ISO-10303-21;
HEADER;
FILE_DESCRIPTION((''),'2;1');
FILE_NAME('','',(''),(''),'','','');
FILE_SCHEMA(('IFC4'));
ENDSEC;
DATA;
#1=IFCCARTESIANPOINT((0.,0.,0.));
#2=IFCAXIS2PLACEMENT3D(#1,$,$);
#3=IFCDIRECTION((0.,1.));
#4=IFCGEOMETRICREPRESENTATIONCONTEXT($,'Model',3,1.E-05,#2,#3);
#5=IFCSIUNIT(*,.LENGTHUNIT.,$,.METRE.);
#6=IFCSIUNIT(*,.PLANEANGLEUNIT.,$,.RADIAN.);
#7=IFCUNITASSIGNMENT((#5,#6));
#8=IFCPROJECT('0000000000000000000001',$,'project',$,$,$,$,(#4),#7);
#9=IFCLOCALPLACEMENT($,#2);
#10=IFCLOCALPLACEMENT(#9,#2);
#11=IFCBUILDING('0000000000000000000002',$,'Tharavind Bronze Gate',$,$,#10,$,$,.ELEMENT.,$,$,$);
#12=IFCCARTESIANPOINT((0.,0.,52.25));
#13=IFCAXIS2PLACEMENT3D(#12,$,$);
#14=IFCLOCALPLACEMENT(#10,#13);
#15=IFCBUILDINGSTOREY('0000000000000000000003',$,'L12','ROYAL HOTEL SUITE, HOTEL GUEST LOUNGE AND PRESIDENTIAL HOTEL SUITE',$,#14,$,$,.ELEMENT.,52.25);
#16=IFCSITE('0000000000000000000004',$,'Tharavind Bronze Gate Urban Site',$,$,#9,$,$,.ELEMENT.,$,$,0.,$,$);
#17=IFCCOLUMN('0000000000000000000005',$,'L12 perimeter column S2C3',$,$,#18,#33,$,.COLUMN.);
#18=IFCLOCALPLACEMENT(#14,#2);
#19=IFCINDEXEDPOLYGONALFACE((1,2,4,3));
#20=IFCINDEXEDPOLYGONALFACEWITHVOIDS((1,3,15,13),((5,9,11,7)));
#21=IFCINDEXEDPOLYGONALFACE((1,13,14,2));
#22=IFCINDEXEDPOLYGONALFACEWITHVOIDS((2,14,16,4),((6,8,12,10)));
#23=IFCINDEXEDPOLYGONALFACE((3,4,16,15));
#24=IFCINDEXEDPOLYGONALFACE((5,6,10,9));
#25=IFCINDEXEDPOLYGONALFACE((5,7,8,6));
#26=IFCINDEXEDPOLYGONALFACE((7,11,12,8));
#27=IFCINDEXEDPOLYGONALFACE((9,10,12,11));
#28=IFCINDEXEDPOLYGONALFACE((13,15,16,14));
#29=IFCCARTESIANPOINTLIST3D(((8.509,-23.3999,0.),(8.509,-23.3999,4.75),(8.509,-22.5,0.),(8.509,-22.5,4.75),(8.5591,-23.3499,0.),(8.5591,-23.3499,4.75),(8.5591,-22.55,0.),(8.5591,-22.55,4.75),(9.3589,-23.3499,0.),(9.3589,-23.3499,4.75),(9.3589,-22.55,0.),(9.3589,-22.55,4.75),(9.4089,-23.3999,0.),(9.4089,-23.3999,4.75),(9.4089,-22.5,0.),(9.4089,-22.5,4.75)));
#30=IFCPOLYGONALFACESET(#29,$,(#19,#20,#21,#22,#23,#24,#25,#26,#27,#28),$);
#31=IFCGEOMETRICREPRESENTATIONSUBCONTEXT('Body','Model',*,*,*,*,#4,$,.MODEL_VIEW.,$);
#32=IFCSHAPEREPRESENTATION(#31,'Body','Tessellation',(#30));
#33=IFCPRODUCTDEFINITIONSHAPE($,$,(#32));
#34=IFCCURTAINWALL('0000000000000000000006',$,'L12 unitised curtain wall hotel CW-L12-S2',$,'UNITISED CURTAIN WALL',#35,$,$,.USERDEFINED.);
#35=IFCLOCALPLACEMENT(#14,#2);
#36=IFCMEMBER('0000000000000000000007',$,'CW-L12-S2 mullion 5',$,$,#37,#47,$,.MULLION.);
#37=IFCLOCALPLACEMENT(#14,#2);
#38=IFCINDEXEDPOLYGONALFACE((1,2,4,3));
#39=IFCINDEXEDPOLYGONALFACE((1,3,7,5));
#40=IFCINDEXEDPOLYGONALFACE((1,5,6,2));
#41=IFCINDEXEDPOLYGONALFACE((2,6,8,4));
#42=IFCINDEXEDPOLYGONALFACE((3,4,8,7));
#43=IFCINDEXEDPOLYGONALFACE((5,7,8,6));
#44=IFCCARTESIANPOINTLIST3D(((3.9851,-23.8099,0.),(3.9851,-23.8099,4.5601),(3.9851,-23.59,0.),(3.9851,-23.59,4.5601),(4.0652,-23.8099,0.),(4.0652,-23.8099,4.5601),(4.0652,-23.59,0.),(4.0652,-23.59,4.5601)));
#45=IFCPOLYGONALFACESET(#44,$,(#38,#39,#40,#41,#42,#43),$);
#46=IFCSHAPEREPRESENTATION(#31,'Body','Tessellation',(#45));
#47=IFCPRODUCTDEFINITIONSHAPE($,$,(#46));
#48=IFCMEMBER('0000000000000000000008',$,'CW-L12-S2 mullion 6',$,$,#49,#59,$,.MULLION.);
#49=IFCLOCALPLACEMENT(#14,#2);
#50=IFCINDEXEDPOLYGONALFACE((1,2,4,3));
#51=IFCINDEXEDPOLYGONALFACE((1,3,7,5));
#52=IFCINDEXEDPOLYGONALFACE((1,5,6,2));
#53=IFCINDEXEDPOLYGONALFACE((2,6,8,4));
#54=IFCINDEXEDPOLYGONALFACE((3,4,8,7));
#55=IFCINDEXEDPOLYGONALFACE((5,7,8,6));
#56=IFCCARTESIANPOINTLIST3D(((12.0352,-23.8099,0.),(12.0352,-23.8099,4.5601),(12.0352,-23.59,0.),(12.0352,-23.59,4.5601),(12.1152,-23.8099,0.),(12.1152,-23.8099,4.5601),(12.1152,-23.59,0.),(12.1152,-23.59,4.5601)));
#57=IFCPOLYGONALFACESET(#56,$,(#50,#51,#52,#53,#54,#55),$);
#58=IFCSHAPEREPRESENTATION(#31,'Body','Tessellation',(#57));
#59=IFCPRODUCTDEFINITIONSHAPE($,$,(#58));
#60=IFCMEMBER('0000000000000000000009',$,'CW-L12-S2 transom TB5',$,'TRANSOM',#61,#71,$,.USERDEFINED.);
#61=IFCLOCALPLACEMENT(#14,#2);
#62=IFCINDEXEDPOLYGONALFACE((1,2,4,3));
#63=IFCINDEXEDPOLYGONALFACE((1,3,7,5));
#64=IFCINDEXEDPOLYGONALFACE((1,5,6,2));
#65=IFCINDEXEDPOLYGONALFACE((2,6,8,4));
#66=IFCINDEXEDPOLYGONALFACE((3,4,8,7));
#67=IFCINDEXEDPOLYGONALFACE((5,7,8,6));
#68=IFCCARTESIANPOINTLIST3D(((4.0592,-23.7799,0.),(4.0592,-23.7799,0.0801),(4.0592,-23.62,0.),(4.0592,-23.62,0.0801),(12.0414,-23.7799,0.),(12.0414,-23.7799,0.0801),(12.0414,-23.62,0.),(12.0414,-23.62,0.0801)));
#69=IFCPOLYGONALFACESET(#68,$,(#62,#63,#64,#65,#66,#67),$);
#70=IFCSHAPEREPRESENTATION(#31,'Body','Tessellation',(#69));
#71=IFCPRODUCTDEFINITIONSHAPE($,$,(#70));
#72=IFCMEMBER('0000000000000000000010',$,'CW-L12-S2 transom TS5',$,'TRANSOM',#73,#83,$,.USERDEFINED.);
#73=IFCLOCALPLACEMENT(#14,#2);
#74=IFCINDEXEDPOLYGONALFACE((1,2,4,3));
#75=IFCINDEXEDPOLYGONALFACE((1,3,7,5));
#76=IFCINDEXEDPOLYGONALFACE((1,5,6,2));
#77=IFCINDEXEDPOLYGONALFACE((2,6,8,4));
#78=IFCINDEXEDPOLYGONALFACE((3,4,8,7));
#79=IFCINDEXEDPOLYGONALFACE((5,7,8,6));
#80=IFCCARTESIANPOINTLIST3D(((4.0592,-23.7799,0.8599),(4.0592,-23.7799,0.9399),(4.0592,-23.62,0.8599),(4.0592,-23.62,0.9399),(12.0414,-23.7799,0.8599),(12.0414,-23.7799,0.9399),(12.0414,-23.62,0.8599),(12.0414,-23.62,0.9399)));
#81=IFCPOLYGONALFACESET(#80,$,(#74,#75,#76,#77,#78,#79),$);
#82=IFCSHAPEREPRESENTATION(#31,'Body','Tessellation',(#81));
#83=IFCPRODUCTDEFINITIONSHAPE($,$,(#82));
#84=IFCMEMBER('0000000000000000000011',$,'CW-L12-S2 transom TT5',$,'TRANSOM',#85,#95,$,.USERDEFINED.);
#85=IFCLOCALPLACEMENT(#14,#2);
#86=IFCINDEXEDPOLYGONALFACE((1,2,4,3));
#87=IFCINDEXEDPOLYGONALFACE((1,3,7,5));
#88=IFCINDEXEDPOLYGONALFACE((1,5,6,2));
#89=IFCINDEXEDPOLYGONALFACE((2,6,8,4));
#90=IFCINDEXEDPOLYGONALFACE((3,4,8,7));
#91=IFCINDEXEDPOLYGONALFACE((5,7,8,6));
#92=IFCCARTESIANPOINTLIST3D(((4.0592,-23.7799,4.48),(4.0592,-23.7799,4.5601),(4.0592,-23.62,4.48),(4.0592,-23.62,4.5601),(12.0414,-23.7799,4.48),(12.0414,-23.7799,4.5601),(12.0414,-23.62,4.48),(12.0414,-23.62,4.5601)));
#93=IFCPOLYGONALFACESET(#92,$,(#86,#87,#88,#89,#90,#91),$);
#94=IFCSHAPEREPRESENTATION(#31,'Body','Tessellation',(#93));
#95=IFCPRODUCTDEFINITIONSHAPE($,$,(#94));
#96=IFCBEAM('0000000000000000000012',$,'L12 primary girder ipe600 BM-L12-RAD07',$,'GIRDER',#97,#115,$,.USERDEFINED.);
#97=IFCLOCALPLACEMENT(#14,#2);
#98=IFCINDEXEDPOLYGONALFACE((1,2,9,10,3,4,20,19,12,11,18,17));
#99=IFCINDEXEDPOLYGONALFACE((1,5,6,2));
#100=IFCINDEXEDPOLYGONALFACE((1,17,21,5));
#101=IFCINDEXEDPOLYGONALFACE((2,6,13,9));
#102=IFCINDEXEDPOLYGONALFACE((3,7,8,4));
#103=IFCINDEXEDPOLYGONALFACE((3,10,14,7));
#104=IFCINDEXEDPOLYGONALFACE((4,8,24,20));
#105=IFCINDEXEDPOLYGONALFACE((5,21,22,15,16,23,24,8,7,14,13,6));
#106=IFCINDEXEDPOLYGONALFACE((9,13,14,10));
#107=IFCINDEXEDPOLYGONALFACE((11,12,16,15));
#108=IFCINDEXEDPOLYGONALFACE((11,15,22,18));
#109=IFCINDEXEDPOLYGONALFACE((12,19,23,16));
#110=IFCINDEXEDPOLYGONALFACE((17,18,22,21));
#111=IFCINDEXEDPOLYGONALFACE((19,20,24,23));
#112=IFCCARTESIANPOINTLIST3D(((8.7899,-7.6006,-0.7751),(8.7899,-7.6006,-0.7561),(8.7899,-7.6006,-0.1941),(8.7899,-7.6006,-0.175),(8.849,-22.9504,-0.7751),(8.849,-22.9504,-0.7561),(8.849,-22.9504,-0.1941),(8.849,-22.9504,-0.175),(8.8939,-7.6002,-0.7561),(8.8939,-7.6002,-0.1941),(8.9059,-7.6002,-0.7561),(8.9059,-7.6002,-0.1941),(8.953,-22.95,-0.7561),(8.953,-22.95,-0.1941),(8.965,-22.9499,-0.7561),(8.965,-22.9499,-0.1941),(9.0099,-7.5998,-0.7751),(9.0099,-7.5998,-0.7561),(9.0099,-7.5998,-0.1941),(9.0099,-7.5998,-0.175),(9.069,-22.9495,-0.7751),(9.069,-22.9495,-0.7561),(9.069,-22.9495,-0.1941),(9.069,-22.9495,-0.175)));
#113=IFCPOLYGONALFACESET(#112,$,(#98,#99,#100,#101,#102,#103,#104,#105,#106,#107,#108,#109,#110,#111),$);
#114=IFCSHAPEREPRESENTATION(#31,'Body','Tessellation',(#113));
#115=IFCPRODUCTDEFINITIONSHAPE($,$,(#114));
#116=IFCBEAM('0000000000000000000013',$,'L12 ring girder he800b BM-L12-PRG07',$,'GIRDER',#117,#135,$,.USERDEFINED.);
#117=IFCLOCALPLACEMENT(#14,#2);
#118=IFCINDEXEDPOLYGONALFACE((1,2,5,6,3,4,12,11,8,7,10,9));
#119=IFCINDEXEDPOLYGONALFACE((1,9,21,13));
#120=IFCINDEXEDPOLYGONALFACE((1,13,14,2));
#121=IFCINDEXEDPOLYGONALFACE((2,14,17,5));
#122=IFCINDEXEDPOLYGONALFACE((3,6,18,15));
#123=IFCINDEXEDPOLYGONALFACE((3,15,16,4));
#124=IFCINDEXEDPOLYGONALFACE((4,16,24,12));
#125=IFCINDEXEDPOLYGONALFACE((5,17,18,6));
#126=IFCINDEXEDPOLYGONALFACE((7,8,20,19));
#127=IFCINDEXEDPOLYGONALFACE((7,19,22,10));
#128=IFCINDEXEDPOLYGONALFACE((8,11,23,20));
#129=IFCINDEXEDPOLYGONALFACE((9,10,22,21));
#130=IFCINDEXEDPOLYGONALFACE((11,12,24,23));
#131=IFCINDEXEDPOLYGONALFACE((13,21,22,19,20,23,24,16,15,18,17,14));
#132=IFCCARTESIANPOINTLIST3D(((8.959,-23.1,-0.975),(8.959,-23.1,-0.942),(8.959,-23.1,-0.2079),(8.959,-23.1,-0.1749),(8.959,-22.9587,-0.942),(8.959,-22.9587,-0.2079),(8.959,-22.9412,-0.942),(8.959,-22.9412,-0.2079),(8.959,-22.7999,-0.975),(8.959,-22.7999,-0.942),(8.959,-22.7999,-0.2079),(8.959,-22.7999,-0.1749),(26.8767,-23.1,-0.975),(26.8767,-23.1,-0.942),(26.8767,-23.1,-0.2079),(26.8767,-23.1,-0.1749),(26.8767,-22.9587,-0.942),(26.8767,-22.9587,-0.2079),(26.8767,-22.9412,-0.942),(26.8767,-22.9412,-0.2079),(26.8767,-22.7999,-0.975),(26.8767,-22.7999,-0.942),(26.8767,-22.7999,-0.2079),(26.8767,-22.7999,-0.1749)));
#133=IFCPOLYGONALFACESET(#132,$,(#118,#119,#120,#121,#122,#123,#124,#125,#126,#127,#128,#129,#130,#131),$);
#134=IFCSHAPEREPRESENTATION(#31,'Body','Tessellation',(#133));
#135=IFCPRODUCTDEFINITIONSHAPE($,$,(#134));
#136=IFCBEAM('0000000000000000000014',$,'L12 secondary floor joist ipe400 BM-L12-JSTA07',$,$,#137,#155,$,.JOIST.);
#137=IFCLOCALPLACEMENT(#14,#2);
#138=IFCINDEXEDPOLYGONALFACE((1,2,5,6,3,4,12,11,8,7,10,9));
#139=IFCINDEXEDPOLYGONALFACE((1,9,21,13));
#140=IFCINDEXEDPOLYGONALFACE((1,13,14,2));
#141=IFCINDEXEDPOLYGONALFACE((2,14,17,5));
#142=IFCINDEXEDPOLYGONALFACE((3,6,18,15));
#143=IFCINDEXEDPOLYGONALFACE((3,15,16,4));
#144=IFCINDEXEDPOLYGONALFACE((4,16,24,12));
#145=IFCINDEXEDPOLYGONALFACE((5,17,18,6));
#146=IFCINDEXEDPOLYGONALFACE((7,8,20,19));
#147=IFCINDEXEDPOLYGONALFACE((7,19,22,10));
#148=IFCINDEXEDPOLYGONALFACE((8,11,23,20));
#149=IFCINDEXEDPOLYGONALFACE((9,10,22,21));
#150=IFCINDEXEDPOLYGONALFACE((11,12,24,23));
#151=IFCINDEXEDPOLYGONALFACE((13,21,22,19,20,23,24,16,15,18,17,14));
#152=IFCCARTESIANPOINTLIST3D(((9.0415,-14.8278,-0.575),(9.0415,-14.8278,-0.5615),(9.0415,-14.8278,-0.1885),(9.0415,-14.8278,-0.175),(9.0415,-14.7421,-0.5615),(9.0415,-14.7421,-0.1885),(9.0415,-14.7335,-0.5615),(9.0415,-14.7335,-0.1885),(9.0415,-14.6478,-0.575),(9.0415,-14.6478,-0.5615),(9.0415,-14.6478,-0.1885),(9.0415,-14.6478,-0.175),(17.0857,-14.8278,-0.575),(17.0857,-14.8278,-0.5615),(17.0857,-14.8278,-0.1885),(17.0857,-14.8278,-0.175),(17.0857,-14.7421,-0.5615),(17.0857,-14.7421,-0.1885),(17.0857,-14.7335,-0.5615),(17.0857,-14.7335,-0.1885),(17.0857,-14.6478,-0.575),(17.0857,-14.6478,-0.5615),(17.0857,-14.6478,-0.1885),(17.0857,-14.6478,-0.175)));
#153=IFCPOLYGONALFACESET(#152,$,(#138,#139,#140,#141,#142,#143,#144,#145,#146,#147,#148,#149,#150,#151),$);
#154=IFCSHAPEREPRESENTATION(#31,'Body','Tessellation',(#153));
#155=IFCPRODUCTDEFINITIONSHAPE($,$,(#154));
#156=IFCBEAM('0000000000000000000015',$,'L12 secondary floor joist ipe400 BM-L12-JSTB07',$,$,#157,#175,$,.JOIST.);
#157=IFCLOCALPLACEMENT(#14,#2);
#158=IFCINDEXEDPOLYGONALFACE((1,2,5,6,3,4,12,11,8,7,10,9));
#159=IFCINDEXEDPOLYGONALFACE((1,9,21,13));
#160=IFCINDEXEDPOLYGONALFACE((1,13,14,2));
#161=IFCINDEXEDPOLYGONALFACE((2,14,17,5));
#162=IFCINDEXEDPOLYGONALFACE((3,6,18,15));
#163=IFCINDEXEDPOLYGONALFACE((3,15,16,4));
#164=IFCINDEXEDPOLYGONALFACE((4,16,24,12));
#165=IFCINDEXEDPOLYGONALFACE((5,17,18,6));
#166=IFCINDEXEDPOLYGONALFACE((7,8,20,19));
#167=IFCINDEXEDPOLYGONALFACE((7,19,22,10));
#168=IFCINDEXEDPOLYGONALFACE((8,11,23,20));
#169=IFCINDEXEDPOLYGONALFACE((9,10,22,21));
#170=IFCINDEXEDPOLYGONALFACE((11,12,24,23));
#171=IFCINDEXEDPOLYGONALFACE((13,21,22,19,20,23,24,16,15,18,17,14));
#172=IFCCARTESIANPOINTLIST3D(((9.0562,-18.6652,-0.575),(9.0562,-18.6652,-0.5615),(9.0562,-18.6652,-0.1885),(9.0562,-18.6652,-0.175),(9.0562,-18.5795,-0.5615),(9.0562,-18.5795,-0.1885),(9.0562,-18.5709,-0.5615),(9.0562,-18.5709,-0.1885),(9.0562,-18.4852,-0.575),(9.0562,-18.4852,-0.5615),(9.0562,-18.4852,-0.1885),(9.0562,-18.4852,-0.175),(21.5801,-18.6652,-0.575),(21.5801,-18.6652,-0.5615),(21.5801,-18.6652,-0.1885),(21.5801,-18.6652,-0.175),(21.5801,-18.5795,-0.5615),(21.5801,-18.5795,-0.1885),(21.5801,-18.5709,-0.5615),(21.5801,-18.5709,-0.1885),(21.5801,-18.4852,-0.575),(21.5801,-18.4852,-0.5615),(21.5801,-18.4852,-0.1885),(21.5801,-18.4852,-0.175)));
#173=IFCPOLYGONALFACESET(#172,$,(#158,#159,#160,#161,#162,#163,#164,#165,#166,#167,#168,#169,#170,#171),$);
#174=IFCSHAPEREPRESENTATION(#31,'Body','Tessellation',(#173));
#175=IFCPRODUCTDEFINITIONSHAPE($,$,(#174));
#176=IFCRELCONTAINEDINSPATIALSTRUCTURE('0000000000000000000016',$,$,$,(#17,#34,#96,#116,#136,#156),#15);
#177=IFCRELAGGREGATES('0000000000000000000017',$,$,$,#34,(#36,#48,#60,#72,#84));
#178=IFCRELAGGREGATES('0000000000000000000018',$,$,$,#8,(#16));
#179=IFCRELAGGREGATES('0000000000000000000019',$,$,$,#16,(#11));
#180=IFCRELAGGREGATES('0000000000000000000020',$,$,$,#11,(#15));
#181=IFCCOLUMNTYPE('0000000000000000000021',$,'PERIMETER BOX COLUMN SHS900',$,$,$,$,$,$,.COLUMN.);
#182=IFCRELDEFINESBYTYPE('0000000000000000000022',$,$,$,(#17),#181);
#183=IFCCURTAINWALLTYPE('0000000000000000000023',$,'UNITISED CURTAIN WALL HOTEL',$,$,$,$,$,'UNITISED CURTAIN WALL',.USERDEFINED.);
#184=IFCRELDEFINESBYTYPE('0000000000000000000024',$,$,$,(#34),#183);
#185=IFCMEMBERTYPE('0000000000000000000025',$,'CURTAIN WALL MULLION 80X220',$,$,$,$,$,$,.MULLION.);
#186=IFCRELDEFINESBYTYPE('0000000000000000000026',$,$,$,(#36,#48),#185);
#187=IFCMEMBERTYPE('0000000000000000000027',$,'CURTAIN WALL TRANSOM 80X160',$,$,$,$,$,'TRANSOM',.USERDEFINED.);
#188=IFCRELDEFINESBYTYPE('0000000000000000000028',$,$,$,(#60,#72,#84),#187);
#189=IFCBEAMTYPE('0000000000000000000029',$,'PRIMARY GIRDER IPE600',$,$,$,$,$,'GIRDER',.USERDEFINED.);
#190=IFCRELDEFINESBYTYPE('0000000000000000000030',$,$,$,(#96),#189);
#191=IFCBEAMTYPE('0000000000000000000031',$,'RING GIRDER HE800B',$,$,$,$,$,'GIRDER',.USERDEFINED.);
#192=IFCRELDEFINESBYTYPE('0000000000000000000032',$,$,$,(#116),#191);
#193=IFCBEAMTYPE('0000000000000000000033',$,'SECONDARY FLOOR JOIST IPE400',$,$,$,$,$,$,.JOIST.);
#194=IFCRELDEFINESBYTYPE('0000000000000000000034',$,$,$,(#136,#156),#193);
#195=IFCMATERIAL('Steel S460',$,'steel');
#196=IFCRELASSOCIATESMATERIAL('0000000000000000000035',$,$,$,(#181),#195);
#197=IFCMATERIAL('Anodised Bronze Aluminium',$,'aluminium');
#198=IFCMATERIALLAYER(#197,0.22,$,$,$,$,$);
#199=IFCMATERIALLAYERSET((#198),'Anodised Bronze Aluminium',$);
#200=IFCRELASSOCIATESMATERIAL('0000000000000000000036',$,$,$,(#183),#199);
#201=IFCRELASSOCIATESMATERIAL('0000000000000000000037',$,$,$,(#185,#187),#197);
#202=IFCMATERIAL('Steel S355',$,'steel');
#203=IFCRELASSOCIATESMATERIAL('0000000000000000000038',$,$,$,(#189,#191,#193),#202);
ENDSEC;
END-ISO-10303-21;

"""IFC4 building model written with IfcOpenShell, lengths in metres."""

from ifc_helpers import new_model, si_unit, direction, frame, origin, origin_2d, place, context, subcontext, project, spatial, rectangle, hollow_rectangle, i_section, extrude, material, layer, layer_set, material_profile, profile_set, type_object, element, aggregate, save


model = new_model("IFC4")

# Units and contexts
model_context = context("Model", 3, precision=1e-05, world=origin(), true_north=direction((0.0, 1.0)))
body_context = subcontext(model_context, "Body", "Model", "MODEL_VIEW")
ifc_project = project(units=[si_unit("LENGTHUNIT", "METRE"), si_unit("PLANEANGLEUNIT", "RADIAN")], contexts=[model_context])

# Site, building, storey
site_placement = place(None, origin())
site = spatial("IfcSite", under=ifc_project, at=site_placement, Name="Tharavind Bronze Gate Urban Site", CompositionType="ELEMENT", RefElevation=0.0)
building_placement = place(site_placement, origin())
building = spatial("IfcBuilding", under=site, at=building_placement, Name="Tharavind Bronze Gate", CompositionType="ELEMENT")
storey_placement = place(building_placement, frame((0.0, 0.0, 52.25)))
storey = spatial("IfcBuildingStorey", under=building, at=storey_placement, Name="L12", Description="ROYAL HOTEL SUITE, HOTEL GUEST LOUNGE AND PRESIDENTIAL HOTEL SUITE", CompositionType="ELEMENT", Elevation=52.25)

# Column
ifc_material_1 = material(Name="Steel S460", Category="steel")
ifc_material_profile_1 = material_profile(ifc_material_1, hollow_rectangle(XDim=0.8999, YDim=0.8999, WallThickness=0.05, at=origin_2d()), Name="SHS900X50")
ifc_profile_set_1 = profile_set([ifc_material_profile_1], Name="Steel S460")
column_type = type_object("IfcColumnType", Name="PERIMETER BOX COLUMN SHS900", PredefinedType="COLUMN", material=ifc_profile_set_1)
column_placement = place(storey_placement, frame((8.959, -22.95, 0.0), z_axis=(0.0, 0.0, 1.0), x_axis=(1.0, 0.0, 0.0)))
element("IfcColumn", 1, at=column_placement, inside=storey, type_object=column_type, Name="L12 perimeter column S2C3", PredefinedType="COLUMN", context=body_context, shape_type="SweptSolid", body=[
    extrude(hollow_rectangle(XDim=0.8999, YDim=0.8999, WallThickness=0.05, at=origin_2d()), origin(), (0.0, 0.0, 1.0), 4.75),
])

# Curtain wall, members
ifc_material_2 = material(Name="Anodised Bronze Aluminium", Category="aluminium")
ifc_layer_1 = layer(ifc_material_2, 0.22)
ifc_layer_set_1 = layer_set([ifc_layer_1], Name="Anodised Bronze Aluminium")
curtain_wall_type = type_object("IfcCurtainWallType", Name="UNITISED CURTAIN WALL HOTEL", ElementType="UNITISED CURTAIN WALL", PredefinedType="USERDEFINED", material=ifc_layer_set_1)
curtain_wall_placement = place(storey_placement, origin())
curtain_wall = element("IfcCurtainWall", 2, at=curtain_wall_placement, inside=storey, type_object=curtain_wall_type, Name="L12 unitised curtain wall hotel CW-L12-S2", ObjectType="UNITISED CURTAIN WALL", PredefinedType="USERDEFINED")
member_type_1 = type_object("IfcMemberType", Name="CURTAIN WALL MULLION 80X220", PredefinedType="MULLION", material=ifc_material_2)
member_1_placement = place(storey_placement, frame((4.0251, -23.7, 0.0), z_axis=(0.0, 0.0, 1.0), x_axis=(1.0, 0.0, 0.0)))
member_1 = element("IfcMember", 3, at=member_1_placement, type_object=member_type_1, Name="CW-L12-S2 mullion 5", PredefinedType="MULLION", context=body_context, shape_type="SweptSolid", body=[
    extrude(rectangle(XDim=0.0801, YDim=0.22, at=origin_2d()), origin(), (0.0, 0.0, 1.0), 4.5601),
])
member_2_placement = place(storey_placement, frame((12.0752, -23.7, 0.0), z_axis=(0.0, 0.0, 1.0), x_axis=(1.0, 0.0, 0.0)))
member_2 = element("IfcMember", 4, at=member_2_placement, type_object=member_type_1, Name="CW-L12-S2 mullion 6", PredefinedType="MULLION", context=body_context, shape_type="SweptSolid", body=[
    extrude(rectangle(XDim=0.0801, YDim=0.22, at=origin_2d()), origin(), (0.0, 0.0, 1.0), 4.5601),
])
member_type_2 = type_object("IfcMemberType", Name="CURTAIN WALL TRANSOM 80X160", ElementType="TRANSOM", PredefinedType="USERDEFINED", material=ifc_material_2)
member_3_placement = place(storey_placement, frame((8.0503, -23.7, 0.0), z_axis=(0.0, 0.0, 1.0), x_axis=(1.0, 0.0, 0.0)))
member_3 = element("IfcMember", 5, at=member_3_placement, type_object=member_type_2, Name="CW-L12-S2 transom TB5", ObjectType="TRANSOM", PredefinedType="USERDEFINED", context=body_context, shape_type="SweptSolid", body=[
    extrude(rectangle(XDim=7.9822, YDim=0.1599, at=origin_2d()), origin(), (0.0, 0.0, 1.0), 0.0801),
])
member_4_placement = place(storey_placement, frame((8.0503, -23.7, 0.8599), z_axis=(0.0, 0.0, 1.0), x_axis=(1.0, 0.0, 0.0)))
member_4 = element("IfcMember", 6, at=member_4_placement, type_object=member_type_2, Name="CW-L12-S2 transom TS5", ObjectType="TRANSOM", PredefinedType="USERDEFINED", context=body_context, shape_type="SweptSolid", body=[
    extrude(rectangle(XDim=7.9822, YDim=0.1599, at=origin_2d()), origin(), (0.0, 0.0, 1.0), 0.0801),
])
member_5_placement = place(storey_placement, frame((8.0503, -23.7, 4.48), z_axis=(0.0, 0.0, 1.0), x_axis=(1.0, 0.0, 0.0)))
member_5 = element("IfcMember", 7, at=member_5_placement, type_object=member_type_2, Name="CW-L12-S2 transom TT5", ObjectType="TRANSOM", PredefinedType="USERDEFINED", context=body_context, shape_type="SweptSolid", body=[
    extrude(rectangle(XDim=7.9822, YDim=0.1599, at=origin_2d()), origin(), (0.0, 0.0, 1.0), 0.0801),
])

# Beams
ifc_material_3 = material(Name="Steel S355", Category="steel")
ifc_material_profile_2 = material_profile(ifc_material_3, i_section(OverallWidth=0.22, OverallDepth=0.6001, WebThickness=0.012, FlangeThickness=0.019, at=origin_2d()), Name="IPE600")
ifc_profile_set_2 = profile_set([ifc_material_profile_2], Name="Steel S355")
beam_type_1 = type_object("IfcBeamType", Name="PRIMARY GIRDER IPE600", ElementType="GIRDER", PredefinedType="USERDEFINED", material=ifc_profile_set_2)
beam_1_placement = place(storey_placement, frame((8.959, -22.95, -0.4751), z_axis=(-0.003849, 0.999993, 0.0), x_axis=(-0.999993, -0.003849, 0.0)))
element("IfcBeam", 8, at=beam_1_placement, inside=storey, type_object=beam_type_1, Name="L12 primary girder ipe600 BM-L12-RAD07", ObjectType="GIRDER", PredefinedType="USERDEFINED", context=body_context, shape_type="SweptSolid", body=[
    extrude(i_section(OverallWidth=0.22, OverallDepth=0.6001, WebThickness=0.012, FlangeThickness=0.019, at=origin_2d()), origin(), (0.0, 0.0, 1.0), 15.3499),
])
ifc_material_profile_3 = material_profile(ifc_material_3, i_section(OverallWidth=0.3, OverallDepth=0.8, WebThickness=0.0176, FlangeThickness=0.033, at=origin_2d()), Name="HE800B")
ifc_profile_set_3 = profile_set([ifc_material_profile_3], Name="Steel S355")
beam_type_2 = type_object("IfcBeamType", Name="RING GIRDER HE800B", ElementType="GIRDER", PredefinedType="USERDEFINED", material=ifc_profile_set_3)
beam_2_placement = place(storey_placement, frame((8.959, -22.95, -0.575), z_axis=(1.0, 0.0, 0.0), x_axis=(0.0, 1.0, 0.0)))
element("IfcBeam", 9, at=beam_2_placement, inside=storey, type_object=beam_type_2, Name="L12 ring girder he800b BM-L12-PRG07", ObjectType="GIRDER", PredefinedType="USERDEFINED", context=body_context, shape_type="SweptSolid", body=[
    extrude(i_section(OverallWidth=0.3, OverallDepth=0.8, WebThickness=0.0176, FlangeThickness=0.033, at=origin_2d()), origin(), (0.0, 0.0, 1.0), 17.9177),
])
ifc_material_profile_4 = material_profile(ifc_material_3, i_section(OverallWidth=0.1799, OverallDepth=0.3999, WebThickness=0.0085, FlangeThickness=0.0134, at=origin_2d()), Name="IPE400")
ifc_profile_set_4 = profile_set([ifc_material_profile_4], Name="Steel S355")
beam_type_3 = type_object("IfcBeamType", Name="SECONDARY FLOOR JOIST IPE400", PredefinedType="JOIST", material=ifc_profile_set_4)
beam_3_placement = place(storey_placement, frame((9.0415, -14.7378, -0.375), z_axis=(1.0, 0.0, 0.0), x_axis=(0.0, 1.0, 0.0)))
element("IfcBeam", 10, at=beam_3_placement, inside=storey, type_object=beam_type_3, Name="L12 secondary floor joist ipe400 BM-L12-JSTA07", PredefinedType="JOIST", context=body_context, shape_type="SweptSolid", body=[
    extrude(i_section(OverallWidth=0.1799, OverallDepth=0.3999, WebThickness=0.0085, FlangeThickness=0.0134, at=origin_2d()), origin(), (0.0, 0.0, 1.0), 8.0442),
])
beam_4_placement = place(storey_placement, frame((9.0562, -18.5752, -0.375), z_axis=(1.0, 0.0, 0.0), x_axis=(0.0, 1.0, 0.0)))
element("IfcBeam", 11, at=beam_4_placement, inside=storey, type_object=beam_type_3, Name="L12 secondary floor joist ipe400 BM-L12-JSTB07", PredefinedType="JOIST", context=body_context, shape_type="SweptSolid", body=[
    extrude(i_section(OverallWidth=0.1799, OverallDepth=0.3999, WebThickness=0.0085, FlangeThickness=0.0134, at=origin_2d()), origin(), (0.0, 0.0, 1.0), 12.5239),
])

aggregate(curtain_wall, [member_1, member_2, member_3, member_4, member_5])

save(model, "model.ifc")
